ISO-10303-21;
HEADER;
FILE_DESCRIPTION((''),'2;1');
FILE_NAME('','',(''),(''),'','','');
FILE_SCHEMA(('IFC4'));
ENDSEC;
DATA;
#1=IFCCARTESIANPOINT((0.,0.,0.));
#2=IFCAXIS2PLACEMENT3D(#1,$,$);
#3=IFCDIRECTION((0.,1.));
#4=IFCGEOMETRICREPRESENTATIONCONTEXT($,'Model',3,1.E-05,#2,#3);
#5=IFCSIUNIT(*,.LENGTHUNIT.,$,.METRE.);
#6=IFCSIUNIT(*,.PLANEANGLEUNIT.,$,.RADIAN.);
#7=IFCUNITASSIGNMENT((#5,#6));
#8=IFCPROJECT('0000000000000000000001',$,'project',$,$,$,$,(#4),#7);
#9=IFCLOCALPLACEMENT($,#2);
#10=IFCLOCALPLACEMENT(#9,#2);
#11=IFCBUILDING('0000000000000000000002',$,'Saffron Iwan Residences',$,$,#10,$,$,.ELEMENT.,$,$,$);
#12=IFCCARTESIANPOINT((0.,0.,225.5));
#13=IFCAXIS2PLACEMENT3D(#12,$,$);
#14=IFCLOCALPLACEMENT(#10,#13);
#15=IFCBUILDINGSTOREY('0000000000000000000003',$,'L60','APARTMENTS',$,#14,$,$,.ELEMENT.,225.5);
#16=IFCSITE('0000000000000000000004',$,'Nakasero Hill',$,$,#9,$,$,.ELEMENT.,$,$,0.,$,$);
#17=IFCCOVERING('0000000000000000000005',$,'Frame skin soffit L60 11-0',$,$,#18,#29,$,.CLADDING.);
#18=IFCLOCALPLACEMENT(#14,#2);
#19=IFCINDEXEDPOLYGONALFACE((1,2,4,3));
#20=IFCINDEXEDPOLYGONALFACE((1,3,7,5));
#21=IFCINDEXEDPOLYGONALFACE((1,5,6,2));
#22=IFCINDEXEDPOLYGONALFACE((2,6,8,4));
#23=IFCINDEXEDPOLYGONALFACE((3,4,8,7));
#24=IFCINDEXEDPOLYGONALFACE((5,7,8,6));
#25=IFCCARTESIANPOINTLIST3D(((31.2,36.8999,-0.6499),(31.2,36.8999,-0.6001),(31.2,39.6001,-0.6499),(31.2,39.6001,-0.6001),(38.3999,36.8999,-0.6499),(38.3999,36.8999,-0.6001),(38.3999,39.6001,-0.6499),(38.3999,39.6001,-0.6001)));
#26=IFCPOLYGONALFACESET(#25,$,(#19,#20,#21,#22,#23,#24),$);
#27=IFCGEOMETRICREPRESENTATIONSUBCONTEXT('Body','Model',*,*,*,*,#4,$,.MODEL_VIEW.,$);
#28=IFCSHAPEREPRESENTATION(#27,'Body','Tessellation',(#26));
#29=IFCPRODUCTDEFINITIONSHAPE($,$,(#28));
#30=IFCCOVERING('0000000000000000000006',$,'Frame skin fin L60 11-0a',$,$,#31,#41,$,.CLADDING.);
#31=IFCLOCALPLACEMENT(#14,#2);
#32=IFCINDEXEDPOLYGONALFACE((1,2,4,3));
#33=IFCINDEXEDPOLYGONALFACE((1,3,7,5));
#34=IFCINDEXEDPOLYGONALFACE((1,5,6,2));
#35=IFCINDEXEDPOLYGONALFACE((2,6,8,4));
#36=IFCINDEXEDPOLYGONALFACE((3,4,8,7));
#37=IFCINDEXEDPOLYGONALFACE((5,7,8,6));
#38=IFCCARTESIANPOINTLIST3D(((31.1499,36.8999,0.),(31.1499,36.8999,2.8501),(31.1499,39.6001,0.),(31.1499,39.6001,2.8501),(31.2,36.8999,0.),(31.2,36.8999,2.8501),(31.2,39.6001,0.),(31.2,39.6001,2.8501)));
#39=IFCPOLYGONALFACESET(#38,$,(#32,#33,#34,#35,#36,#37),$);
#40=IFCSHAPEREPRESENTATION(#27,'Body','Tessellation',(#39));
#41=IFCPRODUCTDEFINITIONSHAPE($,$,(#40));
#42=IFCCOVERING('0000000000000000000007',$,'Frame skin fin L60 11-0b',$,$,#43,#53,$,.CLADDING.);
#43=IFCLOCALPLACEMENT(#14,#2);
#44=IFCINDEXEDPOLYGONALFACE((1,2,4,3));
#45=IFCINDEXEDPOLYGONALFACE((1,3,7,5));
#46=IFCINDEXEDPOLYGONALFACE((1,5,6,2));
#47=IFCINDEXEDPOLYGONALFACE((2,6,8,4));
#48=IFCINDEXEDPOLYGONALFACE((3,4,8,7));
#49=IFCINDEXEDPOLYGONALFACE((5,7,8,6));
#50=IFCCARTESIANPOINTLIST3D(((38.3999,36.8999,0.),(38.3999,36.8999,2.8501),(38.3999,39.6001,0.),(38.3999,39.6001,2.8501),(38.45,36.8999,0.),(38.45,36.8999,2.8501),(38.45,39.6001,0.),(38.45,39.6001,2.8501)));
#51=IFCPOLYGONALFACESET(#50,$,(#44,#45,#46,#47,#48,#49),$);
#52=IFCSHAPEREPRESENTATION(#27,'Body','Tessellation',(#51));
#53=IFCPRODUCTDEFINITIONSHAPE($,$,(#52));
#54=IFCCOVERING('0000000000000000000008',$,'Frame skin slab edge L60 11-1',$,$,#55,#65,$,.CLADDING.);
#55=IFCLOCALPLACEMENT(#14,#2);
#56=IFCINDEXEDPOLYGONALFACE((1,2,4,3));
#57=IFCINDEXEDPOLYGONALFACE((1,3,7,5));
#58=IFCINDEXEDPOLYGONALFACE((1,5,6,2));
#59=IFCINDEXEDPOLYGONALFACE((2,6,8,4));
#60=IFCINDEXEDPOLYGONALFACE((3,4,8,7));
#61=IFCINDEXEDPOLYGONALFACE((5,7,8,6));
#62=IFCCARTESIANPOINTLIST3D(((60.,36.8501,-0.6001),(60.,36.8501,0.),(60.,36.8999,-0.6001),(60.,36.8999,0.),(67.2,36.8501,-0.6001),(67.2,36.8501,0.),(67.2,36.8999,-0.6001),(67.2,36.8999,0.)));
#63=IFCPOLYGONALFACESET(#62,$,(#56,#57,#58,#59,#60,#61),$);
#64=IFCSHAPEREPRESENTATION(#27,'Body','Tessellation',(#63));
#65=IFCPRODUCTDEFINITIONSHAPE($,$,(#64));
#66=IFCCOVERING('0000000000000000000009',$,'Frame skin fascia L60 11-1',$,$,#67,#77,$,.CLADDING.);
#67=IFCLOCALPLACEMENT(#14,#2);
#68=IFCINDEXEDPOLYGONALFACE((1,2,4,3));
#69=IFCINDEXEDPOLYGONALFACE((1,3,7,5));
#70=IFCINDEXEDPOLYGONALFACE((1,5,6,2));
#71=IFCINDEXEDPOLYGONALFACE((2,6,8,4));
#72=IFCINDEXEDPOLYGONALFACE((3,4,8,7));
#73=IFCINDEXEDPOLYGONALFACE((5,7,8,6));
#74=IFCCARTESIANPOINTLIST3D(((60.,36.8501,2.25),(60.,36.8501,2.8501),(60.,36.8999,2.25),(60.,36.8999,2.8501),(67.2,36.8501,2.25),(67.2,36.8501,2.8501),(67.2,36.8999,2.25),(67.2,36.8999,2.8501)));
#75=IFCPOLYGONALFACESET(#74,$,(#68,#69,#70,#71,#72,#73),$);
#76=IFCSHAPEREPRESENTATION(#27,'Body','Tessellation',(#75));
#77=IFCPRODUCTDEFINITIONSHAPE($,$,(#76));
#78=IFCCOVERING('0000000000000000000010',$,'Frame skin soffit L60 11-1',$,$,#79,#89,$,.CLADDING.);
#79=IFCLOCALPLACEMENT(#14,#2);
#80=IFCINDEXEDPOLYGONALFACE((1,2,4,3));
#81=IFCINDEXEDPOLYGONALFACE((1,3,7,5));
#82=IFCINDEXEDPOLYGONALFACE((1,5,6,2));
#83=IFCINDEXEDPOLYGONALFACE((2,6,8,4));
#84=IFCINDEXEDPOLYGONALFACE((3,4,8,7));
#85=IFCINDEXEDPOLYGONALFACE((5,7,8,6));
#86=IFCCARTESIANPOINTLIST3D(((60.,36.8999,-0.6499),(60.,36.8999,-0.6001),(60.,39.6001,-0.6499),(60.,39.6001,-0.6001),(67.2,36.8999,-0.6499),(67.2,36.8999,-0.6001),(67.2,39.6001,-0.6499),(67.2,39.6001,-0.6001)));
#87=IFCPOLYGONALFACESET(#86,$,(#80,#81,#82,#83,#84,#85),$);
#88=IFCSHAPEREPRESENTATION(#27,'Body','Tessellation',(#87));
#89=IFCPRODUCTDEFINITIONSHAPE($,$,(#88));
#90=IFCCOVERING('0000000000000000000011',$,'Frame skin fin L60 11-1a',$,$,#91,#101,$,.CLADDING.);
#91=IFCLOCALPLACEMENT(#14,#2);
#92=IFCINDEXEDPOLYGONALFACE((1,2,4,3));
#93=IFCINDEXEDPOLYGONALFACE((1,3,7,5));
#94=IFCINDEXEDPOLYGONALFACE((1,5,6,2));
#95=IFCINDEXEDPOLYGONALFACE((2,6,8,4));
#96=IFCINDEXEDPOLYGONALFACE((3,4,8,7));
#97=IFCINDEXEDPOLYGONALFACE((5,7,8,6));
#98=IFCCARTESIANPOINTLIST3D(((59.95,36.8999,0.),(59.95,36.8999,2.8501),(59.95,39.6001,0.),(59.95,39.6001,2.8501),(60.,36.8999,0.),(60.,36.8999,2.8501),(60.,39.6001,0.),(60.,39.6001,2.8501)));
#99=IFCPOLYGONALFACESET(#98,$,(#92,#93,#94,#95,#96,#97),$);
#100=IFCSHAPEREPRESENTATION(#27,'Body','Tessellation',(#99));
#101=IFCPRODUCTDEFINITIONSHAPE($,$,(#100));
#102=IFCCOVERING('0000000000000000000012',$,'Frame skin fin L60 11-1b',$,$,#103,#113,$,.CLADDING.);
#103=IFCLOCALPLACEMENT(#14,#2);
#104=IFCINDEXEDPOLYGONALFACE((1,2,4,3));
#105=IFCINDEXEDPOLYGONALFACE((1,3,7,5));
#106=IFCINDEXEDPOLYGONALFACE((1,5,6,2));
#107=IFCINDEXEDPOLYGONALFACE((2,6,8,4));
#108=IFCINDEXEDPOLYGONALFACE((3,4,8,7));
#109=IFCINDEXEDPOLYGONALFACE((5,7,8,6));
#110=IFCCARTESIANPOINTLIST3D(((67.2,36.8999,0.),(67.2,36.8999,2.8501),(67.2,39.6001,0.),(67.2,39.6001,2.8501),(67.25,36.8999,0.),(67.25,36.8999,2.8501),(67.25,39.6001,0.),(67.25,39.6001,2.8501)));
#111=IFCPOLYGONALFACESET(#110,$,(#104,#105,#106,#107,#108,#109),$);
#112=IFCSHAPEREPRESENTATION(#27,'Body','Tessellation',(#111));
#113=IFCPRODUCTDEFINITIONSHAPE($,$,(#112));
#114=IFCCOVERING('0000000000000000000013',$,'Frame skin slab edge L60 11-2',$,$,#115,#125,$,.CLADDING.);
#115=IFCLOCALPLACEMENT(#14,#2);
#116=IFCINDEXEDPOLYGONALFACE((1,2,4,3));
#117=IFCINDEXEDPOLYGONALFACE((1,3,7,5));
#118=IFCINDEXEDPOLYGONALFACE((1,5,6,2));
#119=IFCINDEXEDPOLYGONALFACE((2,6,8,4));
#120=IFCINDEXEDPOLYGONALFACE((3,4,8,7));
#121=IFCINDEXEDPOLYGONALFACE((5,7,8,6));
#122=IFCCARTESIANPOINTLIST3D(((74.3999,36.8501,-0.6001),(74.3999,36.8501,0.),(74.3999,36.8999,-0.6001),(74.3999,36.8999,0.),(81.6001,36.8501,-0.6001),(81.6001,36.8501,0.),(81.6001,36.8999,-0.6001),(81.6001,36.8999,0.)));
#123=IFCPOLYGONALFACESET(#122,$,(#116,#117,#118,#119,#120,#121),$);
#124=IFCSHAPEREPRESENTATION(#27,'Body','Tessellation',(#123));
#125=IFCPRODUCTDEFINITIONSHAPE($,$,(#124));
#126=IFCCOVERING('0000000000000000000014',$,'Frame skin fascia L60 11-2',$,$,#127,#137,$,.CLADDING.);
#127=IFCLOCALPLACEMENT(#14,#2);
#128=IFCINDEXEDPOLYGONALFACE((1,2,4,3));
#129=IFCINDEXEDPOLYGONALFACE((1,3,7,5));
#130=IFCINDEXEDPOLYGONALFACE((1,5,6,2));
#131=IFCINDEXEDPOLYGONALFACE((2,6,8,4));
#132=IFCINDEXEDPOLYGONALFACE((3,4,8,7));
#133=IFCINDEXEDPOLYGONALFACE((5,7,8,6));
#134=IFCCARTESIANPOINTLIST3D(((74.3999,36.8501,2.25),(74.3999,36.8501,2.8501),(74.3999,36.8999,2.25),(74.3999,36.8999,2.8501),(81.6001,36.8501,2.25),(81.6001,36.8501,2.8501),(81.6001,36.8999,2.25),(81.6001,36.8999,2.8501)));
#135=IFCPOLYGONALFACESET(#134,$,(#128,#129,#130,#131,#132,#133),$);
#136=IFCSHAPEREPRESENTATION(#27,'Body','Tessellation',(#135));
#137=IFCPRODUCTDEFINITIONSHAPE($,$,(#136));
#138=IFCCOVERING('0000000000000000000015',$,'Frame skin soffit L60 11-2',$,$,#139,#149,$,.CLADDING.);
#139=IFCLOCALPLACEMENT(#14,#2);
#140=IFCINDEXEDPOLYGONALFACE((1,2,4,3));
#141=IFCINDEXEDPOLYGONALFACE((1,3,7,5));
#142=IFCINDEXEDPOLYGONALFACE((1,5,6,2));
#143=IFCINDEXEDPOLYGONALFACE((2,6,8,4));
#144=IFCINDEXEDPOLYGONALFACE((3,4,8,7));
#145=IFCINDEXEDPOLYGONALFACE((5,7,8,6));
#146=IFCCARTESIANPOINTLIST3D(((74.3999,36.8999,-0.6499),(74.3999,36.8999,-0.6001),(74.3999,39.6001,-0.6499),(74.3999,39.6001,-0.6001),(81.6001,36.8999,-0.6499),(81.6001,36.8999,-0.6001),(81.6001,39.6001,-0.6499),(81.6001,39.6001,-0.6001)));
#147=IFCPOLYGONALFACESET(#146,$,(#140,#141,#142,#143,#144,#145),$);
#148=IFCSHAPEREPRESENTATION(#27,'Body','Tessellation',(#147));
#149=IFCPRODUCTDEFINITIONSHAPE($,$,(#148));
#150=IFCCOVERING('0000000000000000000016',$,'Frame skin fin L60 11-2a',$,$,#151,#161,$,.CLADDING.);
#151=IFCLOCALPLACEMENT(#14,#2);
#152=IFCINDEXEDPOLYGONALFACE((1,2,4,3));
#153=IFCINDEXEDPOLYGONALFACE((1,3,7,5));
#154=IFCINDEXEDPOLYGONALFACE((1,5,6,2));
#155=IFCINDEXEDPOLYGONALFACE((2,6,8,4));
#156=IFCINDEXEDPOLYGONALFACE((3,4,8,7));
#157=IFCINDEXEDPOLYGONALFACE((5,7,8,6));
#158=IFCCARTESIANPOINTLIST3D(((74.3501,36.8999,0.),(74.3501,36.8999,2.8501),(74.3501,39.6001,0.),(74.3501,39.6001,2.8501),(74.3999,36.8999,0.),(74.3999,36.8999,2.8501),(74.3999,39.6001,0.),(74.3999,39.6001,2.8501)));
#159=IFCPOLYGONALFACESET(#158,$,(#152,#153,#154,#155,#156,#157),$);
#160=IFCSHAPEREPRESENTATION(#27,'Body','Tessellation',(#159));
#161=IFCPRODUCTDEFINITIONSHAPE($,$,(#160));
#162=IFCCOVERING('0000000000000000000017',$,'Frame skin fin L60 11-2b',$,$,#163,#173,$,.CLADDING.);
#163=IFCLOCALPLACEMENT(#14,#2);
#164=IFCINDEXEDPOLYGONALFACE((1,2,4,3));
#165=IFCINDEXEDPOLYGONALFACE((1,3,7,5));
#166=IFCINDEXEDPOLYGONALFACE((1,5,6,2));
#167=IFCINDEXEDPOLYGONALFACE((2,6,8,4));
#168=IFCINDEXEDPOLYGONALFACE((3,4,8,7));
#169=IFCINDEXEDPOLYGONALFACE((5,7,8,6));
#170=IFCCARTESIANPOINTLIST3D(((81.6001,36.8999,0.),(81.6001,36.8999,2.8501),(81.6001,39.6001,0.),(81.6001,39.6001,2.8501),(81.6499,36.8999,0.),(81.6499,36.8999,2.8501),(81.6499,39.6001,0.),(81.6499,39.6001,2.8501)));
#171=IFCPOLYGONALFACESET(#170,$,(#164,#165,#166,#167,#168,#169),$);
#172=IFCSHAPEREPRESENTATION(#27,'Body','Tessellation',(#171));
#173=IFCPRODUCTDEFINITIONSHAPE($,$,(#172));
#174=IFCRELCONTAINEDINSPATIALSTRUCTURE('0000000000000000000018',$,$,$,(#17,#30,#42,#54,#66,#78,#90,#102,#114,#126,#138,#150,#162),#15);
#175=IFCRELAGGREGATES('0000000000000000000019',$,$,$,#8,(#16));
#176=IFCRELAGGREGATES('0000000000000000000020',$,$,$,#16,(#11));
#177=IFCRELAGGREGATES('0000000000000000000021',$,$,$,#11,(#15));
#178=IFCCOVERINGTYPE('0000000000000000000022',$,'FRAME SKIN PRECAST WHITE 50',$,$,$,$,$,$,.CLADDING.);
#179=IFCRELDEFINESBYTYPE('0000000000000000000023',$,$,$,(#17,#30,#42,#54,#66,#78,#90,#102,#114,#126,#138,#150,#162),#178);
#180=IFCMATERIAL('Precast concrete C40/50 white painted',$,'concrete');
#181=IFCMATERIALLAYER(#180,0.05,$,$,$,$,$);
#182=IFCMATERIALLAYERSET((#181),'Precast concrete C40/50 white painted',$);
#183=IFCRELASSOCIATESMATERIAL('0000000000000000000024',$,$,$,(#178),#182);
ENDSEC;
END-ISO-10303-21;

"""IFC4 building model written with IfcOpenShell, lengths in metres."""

from ifc_helpers import new_model, si_unit, direction, frame, origin, place, context, subcontext, project, spatial, polyline, outline, extrude, material, layer, layer_set, type_object, element, save


model = new_model("IFC4")

# Units and contexts
model_context = context("Model", 3, precision=1e-05, world=origin(), true_north=direction((0.0, 1.0)))
body_context = subcontext(model_context, "Body", "Model", "MODEL_VIEW")
ifc_project = project(units=[si_unit("LENGTHUNIT", "METRE"), si_unit("PLANEANGLEUNIT", "RADIAN")], contexts=[model_context])

# Site, building, storey
site_placement = place(None, origin())
site = spatial("IfcSite", under=ifc_project, at=site_placement, Name="Nakasero Hill", CompositionType="ELEMENT", RefElevation=0.0)
building_placement = place(site_placement, origin())
building = spatial("IfcBuilding", under=site, at=building_placement, Name="Saffron Iwan Residences", CompositionType="ELEMENT")
storey_placement = place(building_placement, frame((0.0, 0.0, 225.5)))
storey = spatial("IfcBuildingStorey", under=building, at=storey_placement, Name="L60", Description="APARTMENTS", CompositionType="ELEMENT", Elevation=225.5)

# Coverings
ifc_material_1 = material(Name="Precast concrete C40/50 white painted", Category="concrete")
ifc_layer_1 = layer(ifc_material_1, 0.05)
ifc_layer_set_1 = layer_set([ifc_layer_1], Name="Precast concrete C40/50 white painted")
covering_type = type_object("IfcCoveringType", Name="FRAME SKIN PRECAST WHITE 50", PredefinedType="CLADDING", material=ifc_layer_set_1)
covering_1_placement = place(storey_placement, frame((0.0, 0.0, -0.6499)))
element("IfcCovering", 1, at=covering_1_placement, inside=storey, type_object=covering_type, Name="Frame skin soffit L60 11-0", PredefinedType="CLADDING", context=body_context, shape_type="SweptSolid", body=[
    extrude(outline(polyline([(31.2, 36.8999), (38.3999, 36.8999), (38.3999, 39.6001), (31.2, 39.6001), (31.2, 36.8999)])), origin(), (0.0, 0.0, 1.0), 0.0498),
])
covering_2_placement = place(storey_placement, origin())
element("IfcCovering", 2, at=covering_2_placement, inside=storey, type_object=covering_type, Name="Frame skin fin L60 11-0a", PredefinedType="CLADDING", context=body_context, shape_type="SweptSolid", body=[
    extrude(outline(polyline([(31.1499, 36.8999), (31.2, 36.8999), (31.2, 39.6001), (31.1499, 39.6001), (31.1499, 36.8999)])), origin(), (0.0, 0.0, 1.0), 2.8501),
])
covering_3_placement = place(storey_placement, origin())
element("IfcCovering", 3, at=covering_3_placement, inside=storey, type_object=covering_type, Name="Frame skin fin L60 11-0b", PredefinedType="CLADDING", context=body_context, shape_type="SweptSolid", body=[
    extrude(outline(polyline([(38.3999, 36.8999), (38.45, 36.8999), (38.45, 39.6001), (38.3999, 39.6001), (38.3999, 36.8999)])), origin(), (0.0, 0.0, 1.0), 2.8501),
])
for number, where, name in (
    (4, (0.0, 0.0, -0.6001), "Frame skin slab edge L60 11-1"),
    (5, (0.0, 0.0, 2.25), "Frame skin fascia L60 11-1"),
):
    element("IfcCovering", number, at=place(storey_placement, frame(where)), inside=storey, type_object=covering_type, Name=name, PredefinedType="CLADDING", context=body_context, shape_type="SweptSolid", body=[
        extrude(outline(polyline([(60.0, 36.8501), (67.2, 36.8501), (67.2, 36.8999), (60.0, 36.8999), (60.0, 36.8501)])), origin(), (0.0, 0.0, 1.0), 0.6001),
    ])
covering_4_placement = place(storey_placement, frame((0.0, 0.0, -0.6499)))
element("IfcCovering", 6, at=covering_4_placement, inside=storey, type_object=covering_type, Name="Frame skin soffit L60 11-1", PredefinedType="CLADDING", context=body_context, shape_type="SweptSolid", body=[
    extrude(outline(polyline([(60.0, 36.8999), (67.2, 36.8999), (67.2, 39.6001), (60.0, 39.6001), (60.0, 36.8999)])), origin(), (0.0, 0.0, 1.0), 0.0498),
])
covering_5_placement = place(storey_placement, origin())
element("IfcCovering", 7, at=covering_5_placement, inside=storey, type_object=covering_type, Name="Frame skin fin L60 11-1a", PredefinedType="CLADDING", context=body_context, shape_type="SweptSolid", body=[
    extrude(outline(polyline([(59.95, 36.8999), (60.0, 36.8999), (60.0, 39.6001), (59.95, 39.6001), (59.95, 36.8999)])), origin(), (0.0, 0.0, 1.0), 2.8501),
])
covering_6_placement = place(storey_placement, origin())
element("IfcCovering", 8, at=covering_6_placement, inside=storey, type_object=covering_type, Name="Frame skin fin L60 11-1b", PredefinedType="CLADDING", context=body_context, shape_type="SweptSolid", body=[
    extrude(outline(polyline([(67.2, 36.8999), (67.25, 36.8999), (67.25, 39.6001), (67.2, 39.6001), (67.2, 36.8999)])), origin(), (0.0, 0.0, 1.0), 2.8501),
])
for number, where, name in (
    (9, (0.0, 0.0, -0.6001), "Frame skin slab edge L60 11-2"),
    (10, (0.0, 0.0, 2.25), "Frame skin fascia L60 11-2"),
):
    element("IfcCovering", number, at=place(storey_placement, frame(where)), inside=storey, type_object=covering_type, Name=name, PredefinedType="CLADDING", context=body_context, shape_type="SweptSolid", body=[
        extrude(outline(polyline([(74.3999, 36.8501), (81.6001, 36.8501), (81.6001, 36.8999), (74.3999, 36.8999), (74.3999, 36.8501)])), origin(), (0.0, 0.0, 1.0), 0.6001),
    ])
covering_7_placement = place(storey_placement, frame((0.0, 0.0, -0.6499)))
element("IfcCovering", 11, at=covering_7_placement, inside=storey, type_object=covering_type, Name="Frame skin soffit L60 11-2", PredefinedType="CLADDING", context=body_context, shape_type="SweptSolid", body=[
    extrude(outline(polyline([(74.3999, 36.8999), (81.6001, 36.8999), (81.6001, 39.6001), (74.3999, 39.6001), (74.3999, 36.8999)])), origin(), (0.0, 0.0, 1.0), 0.0498),
])
covering_8_placement = place(storey_placement, origin())
element("IfcCovering", 12, at=covering_8_placement, inside=storey, type_object=covering_type, Name="Frame skin fin L60 11-2a", PredefinedType="CLADDING", context=body_context, shape_type="SweptSolid", body=[
    extrude(outline(polyline([(74.3501, 36.8999), (74.3999, 36.8999), (74.3999, 39.6001), (74.3501, 39.6001), (74.3501, 36.8999)])), origin(), (0.0, 0.0, 1.0), 2.8501),
])
covering_9_placement = place(storey_placement, origin())
element("IfcCovering", 13, at=covering_9_placement, inside=storey, type_object=covering_type, Name="Frame skin fin L60 11-2b", PredefinedType="CLADDING", context=body_context, shape_type="SweptSolid", body=[
    extrude(outline(polyline([(81.6001, 36.8999), (81.6499, 36.8999), (81.6499, 39.6001), (81.6001, 39.6001), (81.6001, 36.8999)])), origin(), (0.0, 0.0, 1.0), 2.8501),
])

save(model, "model.ifc")
